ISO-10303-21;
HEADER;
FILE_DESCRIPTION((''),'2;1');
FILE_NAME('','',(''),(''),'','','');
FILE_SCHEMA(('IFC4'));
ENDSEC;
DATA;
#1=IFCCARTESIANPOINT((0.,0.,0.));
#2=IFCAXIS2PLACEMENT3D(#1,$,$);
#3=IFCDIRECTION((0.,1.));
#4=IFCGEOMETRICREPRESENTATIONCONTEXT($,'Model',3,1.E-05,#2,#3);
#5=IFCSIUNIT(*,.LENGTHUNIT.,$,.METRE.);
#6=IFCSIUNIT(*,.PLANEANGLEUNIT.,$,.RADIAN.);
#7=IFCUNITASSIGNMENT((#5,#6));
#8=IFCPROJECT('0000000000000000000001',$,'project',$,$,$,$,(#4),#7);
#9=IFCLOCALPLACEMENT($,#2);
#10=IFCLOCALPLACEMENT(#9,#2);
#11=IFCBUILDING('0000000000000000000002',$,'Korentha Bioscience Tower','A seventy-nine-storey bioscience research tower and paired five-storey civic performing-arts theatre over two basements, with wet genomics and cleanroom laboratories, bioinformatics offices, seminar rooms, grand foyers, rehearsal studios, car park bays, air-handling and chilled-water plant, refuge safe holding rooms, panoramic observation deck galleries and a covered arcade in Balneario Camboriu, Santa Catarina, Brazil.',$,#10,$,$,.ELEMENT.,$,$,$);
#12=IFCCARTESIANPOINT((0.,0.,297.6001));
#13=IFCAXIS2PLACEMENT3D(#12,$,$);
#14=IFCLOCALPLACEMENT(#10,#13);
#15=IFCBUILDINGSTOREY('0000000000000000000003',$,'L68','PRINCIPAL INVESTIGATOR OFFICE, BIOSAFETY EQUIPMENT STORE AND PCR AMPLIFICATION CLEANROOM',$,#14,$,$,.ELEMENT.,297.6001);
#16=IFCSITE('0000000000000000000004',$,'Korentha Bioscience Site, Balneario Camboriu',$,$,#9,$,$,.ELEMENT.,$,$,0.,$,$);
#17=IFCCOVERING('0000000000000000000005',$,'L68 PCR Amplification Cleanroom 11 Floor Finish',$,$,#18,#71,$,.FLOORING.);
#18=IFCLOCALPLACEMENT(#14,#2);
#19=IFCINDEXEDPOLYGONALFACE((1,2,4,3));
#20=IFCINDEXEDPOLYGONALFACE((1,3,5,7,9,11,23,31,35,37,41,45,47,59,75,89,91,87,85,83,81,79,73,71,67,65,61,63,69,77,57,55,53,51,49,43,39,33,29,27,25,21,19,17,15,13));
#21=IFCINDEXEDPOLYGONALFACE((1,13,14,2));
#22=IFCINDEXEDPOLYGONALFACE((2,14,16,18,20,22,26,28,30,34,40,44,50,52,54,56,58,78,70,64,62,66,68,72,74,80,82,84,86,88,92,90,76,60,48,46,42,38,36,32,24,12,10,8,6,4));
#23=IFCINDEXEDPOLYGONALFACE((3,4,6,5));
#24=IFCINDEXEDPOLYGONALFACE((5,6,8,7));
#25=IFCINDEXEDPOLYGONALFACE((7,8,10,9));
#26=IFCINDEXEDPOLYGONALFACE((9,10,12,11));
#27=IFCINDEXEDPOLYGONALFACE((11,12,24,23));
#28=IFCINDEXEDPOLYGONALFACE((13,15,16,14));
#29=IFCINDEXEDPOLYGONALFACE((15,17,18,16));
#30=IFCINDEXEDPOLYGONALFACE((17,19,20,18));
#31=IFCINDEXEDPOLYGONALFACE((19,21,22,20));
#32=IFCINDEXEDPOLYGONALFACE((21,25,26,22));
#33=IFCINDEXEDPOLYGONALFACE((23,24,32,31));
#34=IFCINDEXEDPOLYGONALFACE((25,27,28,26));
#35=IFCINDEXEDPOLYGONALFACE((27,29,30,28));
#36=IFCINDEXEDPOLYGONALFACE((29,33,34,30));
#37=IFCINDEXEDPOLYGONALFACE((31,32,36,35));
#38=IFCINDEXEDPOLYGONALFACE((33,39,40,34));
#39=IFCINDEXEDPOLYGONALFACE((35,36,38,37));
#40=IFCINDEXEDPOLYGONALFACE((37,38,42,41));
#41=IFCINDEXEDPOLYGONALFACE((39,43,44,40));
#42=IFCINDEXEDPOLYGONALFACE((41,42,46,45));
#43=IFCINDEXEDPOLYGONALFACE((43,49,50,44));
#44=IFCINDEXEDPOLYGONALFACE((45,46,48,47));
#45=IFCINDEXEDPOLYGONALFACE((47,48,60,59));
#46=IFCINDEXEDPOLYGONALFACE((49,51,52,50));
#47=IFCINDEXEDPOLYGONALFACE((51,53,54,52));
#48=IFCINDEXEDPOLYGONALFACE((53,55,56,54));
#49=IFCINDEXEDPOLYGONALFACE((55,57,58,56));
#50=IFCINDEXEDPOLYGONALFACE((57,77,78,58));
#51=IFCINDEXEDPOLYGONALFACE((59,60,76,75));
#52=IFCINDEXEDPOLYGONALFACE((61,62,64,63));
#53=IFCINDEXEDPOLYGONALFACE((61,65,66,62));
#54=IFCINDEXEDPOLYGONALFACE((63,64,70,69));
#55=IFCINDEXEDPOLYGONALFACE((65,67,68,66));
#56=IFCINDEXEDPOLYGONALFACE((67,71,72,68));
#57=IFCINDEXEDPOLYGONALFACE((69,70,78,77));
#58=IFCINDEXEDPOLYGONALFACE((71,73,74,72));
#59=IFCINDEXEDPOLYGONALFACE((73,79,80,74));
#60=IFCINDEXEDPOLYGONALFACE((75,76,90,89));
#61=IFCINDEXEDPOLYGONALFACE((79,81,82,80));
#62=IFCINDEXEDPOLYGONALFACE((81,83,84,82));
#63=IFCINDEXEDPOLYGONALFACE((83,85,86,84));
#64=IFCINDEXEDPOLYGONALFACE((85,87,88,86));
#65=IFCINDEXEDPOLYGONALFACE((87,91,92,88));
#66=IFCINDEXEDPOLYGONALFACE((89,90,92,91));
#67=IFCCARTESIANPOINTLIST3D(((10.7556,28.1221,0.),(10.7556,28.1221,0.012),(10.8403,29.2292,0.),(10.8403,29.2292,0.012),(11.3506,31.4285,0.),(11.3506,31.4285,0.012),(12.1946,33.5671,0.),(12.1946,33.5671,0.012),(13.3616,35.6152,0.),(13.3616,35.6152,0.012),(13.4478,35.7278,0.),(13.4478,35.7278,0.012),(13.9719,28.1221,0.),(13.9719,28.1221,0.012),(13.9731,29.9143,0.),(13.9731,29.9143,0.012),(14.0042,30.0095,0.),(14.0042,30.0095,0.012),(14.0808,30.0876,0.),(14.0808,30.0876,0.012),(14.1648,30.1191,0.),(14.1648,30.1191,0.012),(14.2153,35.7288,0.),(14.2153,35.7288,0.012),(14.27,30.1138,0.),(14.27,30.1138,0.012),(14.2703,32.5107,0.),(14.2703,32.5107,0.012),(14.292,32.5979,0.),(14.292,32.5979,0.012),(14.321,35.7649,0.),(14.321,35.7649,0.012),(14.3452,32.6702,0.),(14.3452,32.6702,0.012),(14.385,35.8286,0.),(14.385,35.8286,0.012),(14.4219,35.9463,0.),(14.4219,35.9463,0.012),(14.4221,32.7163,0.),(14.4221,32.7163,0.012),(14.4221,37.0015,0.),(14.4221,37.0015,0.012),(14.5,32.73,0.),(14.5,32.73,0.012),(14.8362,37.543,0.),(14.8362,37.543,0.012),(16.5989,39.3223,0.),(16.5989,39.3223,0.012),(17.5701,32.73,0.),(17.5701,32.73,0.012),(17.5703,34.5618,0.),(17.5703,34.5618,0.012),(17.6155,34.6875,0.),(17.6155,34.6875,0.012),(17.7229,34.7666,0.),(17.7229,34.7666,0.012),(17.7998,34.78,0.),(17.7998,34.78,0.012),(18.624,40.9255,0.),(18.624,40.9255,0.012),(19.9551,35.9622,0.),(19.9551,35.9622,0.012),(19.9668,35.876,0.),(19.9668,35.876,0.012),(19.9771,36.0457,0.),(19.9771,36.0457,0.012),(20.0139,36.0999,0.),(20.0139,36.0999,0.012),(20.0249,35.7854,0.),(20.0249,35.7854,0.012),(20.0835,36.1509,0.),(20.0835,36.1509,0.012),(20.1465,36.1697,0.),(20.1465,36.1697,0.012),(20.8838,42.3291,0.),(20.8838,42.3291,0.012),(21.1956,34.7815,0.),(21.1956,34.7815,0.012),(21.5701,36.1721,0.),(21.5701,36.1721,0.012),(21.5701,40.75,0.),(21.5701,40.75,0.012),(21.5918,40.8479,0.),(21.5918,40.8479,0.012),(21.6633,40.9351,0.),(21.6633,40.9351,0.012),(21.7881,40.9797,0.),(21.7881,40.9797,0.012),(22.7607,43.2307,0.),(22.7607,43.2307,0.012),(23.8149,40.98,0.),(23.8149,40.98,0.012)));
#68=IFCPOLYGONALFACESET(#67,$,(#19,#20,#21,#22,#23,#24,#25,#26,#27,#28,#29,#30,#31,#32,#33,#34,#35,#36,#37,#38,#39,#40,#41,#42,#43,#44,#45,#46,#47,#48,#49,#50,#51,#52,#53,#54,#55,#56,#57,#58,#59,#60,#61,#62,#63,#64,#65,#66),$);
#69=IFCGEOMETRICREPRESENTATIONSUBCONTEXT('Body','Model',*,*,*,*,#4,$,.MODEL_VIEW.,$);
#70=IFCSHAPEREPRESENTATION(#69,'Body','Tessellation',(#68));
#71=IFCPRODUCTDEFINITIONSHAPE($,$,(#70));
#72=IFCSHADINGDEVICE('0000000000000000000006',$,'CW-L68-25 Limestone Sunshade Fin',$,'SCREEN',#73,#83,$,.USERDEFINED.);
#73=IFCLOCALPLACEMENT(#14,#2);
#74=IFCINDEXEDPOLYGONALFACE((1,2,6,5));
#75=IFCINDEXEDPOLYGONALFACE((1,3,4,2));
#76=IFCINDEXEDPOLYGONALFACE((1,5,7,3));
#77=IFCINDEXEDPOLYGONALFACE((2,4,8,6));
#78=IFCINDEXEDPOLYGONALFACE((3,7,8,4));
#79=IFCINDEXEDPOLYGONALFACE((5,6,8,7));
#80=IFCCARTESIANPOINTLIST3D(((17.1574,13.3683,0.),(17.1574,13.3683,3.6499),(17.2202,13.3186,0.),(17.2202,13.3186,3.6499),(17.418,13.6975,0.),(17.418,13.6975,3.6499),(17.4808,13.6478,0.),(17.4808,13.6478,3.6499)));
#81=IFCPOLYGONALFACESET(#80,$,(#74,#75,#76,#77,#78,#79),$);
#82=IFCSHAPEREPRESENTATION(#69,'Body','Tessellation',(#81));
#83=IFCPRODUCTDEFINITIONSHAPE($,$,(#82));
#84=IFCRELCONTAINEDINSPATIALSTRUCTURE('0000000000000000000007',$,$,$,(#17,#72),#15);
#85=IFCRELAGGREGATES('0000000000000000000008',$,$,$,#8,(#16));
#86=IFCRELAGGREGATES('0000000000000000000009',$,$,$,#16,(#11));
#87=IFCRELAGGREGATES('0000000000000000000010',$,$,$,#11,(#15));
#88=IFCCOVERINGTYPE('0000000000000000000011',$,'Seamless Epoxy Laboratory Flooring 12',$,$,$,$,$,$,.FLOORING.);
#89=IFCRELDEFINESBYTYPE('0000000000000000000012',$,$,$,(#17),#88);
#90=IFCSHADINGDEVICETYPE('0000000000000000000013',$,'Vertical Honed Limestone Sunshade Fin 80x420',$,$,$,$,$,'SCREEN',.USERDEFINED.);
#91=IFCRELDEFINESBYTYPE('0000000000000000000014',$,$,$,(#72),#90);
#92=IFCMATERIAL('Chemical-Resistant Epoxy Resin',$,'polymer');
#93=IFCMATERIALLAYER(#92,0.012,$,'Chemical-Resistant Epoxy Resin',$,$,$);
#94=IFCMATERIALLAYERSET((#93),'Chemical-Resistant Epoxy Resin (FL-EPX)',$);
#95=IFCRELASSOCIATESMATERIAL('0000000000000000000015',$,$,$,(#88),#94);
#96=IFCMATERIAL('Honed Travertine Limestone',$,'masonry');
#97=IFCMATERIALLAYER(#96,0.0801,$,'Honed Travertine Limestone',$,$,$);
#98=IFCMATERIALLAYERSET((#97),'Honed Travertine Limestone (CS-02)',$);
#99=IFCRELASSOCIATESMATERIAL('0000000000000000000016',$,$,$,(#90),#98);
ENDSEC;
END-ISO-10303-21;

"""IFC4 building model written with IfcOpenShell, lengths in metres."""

from ifc_helpers import new_model, si_unit, direction, frame, origin, origin_2d, place, context, subcontext, project, spatial, polyline, rectangle, outline, extrude, material, layer, layer_set, type_object, element, save


model = new_model("IFC4")

# Units and contexts
model_context = context("Model", 3, precision=1e-05, world=origin(), true_north=direction((0.0, 1.0)))
body_context = subcontext(model_context, "Body", "Model", "MODEL_VIEW")
ifc_project = project(units=[si_unit("LENGTHUNIT", "METRE"), si_unit("PLANEANGLEUNIT", "RADIAN")], contexts=[model_context])

# Site, building, storey
site_placement = place(None, origin())
site = spatial("IfcSite", under=ifc_project, at=site_placement, Name="Korentha Bioscience Site, Balneario Camboriu", CompositionType="ELEMENT", RefElevation=0.0)
building_placement = place(site_placement, origin())
building = spatial("IfcBuilding", under=site, at=building_placement, Name="Korentha Bioscience Tower", Description="A seventy-nine-storey bioscience research tower and paired five-storey civic performing-arts theatre over two basements, with wet genomics and cleanroom laboratories, bioinformatics offices, seminar rooms, grand foyers, rehearsal studios, car park bays, air-handling and chilled-water plant, refuge safe holding rooms, panoramic observation deck galleries and a covered arcade in Balneario Camboriu, Santa Catarina, Brazil.", CompositionType="ELEMENT")
storey_placement = place(building_placement, frame((0.0, 0.0, 297.6001)))
storey = spatial("IfcBuildingStorey", under=building, at=storey_placement, Name="L68", Description="PRINCIPAL INVESTIGATOR OFFICE, BIOSAFETY EQUIPMENT STORE AND PCR AMPLIFICATION CLEANROOM", CompositionType="ELEMENT", Elevation=297.6001)

# Covering
ifc_material_1 = material(Name="Chemical-Resistant Epoxy Resin", Category="polymer")
ifc_layer_1 = layer(ifc_material_1, 0.012, Name="Chemical-Resistant Epoxy Resin")
ifc_layer_set_1 = layer_set([ifc_layer_1], Name="Chemical-Resistant Epoxy Resin (FL-EPX)")
covering_type_1 = type_object("IfcCoveringType", Name="Seamless Epoxy Laboratory Flooring 12", PredefinedType="FLOORING", material=ifc_layer_set_1)
covering_1_placement = place(storey_placement, origin())
element("IfcCovering", 1, at=covering_1_placement, inside=storey, type_object=covering_type_1, Name="L68 PCR Amplification Cleanroom 11 Floor Finish", PredefinedType="FLOORING", context=body_context, shape_type="SweptSolid", body=[
    extrude(outline(polyline([(10.8403, 29.2292), (11.3506, 31.4285), (12.1946, 33.5671), (13.3616, 35.6152), (13.4478, 35.7278), (14.2153, 35.7288), (14.321, 35.7649), (14.385, 35.8286), (14.4219, 35.9463), (14.4221, 37.0015), (14.8362, 37.543), (16.5989, 39.3223), (18.624, 40.9255), (20.8838, 42.3291), (22.7607, 43.2307), (23.8149, 40.98), (21.7881, 40.9797), (21.6633, 40.9351), (21.5918, 40.8479), (21.5701, 40.75), (21.5701, 36.1721), (20.1465, 36.1697), (20.0835, 36.1509), (20.0139, 36.0999), (19.9771, 36.0457), (19.9551, 35.9622), (19.9668, 35.876), (20.0249, 35.7854), (21.1956, 34.7815), (17.7998, 34.78), (17.7229, 34.7666), (17.6155, 34.6875), (17.5703, 34.5618), (17.5701, 32.73), (14.5, 32.73), (14.4221, 32.7163), (14.3452, 32.6702), (14.292, 32.5979), (14.2703, 32.5107), (14.27, 30.1138), (14.1648, 30.1191), (14.0808, 30.0876), (14.0042, 30.0095), (13.9731, 29.9143), (13.9719, 28.1221), (10.7556, 28.1221), (10.8403, 29.2292)])), origin(), (0.0, 0.0, 1.0), 0.012),
])

# Shading device
ifc_material_2 = material(Name="Honed Travertine Limestone", Category="masonry")
ifc_layer_2 = layer(ifc_material_2, 0.0801, Name="Honed Travertine Limestone")
ifc_layer_set_2 = layer_set([ifc_layer_2], Name="Honed Travertine Limestone (CS-02)")
shading_device_type_1 = type_object("IfcShadingDeviceType", Name="Vertical Honed Limestone Sunshade Fin 80x420", ElementType="SCREEN", PredefinedType="USERDEFINED", material=ifc_layer_set_2)
shading_device_1_placement = place(storey_placement, frame((17.3191, 13.5081, 0.0), z_axis=(0.0, 0.0, 1.0), x_axis=(0.784076, -0.620665, 0.0)))
element("IfcShadingDevice", 2, at=shading_device_1_placement, inside=storey, type_object=shading_device_type_1, Name="CW-L68-25 Limestone Sunshade Fin", ObjectType="SCREEN", PredefinedType="USERDEFINED", context=body_context, shape_type="SweptSolid", body=[
    extrude(rectangle(XDim=0.0801, YDim=0.4199, at=origin_2d()), origin(), (0.0, 0.0, 1.0), 3.6499),
])

save(model, "model.ifc")
